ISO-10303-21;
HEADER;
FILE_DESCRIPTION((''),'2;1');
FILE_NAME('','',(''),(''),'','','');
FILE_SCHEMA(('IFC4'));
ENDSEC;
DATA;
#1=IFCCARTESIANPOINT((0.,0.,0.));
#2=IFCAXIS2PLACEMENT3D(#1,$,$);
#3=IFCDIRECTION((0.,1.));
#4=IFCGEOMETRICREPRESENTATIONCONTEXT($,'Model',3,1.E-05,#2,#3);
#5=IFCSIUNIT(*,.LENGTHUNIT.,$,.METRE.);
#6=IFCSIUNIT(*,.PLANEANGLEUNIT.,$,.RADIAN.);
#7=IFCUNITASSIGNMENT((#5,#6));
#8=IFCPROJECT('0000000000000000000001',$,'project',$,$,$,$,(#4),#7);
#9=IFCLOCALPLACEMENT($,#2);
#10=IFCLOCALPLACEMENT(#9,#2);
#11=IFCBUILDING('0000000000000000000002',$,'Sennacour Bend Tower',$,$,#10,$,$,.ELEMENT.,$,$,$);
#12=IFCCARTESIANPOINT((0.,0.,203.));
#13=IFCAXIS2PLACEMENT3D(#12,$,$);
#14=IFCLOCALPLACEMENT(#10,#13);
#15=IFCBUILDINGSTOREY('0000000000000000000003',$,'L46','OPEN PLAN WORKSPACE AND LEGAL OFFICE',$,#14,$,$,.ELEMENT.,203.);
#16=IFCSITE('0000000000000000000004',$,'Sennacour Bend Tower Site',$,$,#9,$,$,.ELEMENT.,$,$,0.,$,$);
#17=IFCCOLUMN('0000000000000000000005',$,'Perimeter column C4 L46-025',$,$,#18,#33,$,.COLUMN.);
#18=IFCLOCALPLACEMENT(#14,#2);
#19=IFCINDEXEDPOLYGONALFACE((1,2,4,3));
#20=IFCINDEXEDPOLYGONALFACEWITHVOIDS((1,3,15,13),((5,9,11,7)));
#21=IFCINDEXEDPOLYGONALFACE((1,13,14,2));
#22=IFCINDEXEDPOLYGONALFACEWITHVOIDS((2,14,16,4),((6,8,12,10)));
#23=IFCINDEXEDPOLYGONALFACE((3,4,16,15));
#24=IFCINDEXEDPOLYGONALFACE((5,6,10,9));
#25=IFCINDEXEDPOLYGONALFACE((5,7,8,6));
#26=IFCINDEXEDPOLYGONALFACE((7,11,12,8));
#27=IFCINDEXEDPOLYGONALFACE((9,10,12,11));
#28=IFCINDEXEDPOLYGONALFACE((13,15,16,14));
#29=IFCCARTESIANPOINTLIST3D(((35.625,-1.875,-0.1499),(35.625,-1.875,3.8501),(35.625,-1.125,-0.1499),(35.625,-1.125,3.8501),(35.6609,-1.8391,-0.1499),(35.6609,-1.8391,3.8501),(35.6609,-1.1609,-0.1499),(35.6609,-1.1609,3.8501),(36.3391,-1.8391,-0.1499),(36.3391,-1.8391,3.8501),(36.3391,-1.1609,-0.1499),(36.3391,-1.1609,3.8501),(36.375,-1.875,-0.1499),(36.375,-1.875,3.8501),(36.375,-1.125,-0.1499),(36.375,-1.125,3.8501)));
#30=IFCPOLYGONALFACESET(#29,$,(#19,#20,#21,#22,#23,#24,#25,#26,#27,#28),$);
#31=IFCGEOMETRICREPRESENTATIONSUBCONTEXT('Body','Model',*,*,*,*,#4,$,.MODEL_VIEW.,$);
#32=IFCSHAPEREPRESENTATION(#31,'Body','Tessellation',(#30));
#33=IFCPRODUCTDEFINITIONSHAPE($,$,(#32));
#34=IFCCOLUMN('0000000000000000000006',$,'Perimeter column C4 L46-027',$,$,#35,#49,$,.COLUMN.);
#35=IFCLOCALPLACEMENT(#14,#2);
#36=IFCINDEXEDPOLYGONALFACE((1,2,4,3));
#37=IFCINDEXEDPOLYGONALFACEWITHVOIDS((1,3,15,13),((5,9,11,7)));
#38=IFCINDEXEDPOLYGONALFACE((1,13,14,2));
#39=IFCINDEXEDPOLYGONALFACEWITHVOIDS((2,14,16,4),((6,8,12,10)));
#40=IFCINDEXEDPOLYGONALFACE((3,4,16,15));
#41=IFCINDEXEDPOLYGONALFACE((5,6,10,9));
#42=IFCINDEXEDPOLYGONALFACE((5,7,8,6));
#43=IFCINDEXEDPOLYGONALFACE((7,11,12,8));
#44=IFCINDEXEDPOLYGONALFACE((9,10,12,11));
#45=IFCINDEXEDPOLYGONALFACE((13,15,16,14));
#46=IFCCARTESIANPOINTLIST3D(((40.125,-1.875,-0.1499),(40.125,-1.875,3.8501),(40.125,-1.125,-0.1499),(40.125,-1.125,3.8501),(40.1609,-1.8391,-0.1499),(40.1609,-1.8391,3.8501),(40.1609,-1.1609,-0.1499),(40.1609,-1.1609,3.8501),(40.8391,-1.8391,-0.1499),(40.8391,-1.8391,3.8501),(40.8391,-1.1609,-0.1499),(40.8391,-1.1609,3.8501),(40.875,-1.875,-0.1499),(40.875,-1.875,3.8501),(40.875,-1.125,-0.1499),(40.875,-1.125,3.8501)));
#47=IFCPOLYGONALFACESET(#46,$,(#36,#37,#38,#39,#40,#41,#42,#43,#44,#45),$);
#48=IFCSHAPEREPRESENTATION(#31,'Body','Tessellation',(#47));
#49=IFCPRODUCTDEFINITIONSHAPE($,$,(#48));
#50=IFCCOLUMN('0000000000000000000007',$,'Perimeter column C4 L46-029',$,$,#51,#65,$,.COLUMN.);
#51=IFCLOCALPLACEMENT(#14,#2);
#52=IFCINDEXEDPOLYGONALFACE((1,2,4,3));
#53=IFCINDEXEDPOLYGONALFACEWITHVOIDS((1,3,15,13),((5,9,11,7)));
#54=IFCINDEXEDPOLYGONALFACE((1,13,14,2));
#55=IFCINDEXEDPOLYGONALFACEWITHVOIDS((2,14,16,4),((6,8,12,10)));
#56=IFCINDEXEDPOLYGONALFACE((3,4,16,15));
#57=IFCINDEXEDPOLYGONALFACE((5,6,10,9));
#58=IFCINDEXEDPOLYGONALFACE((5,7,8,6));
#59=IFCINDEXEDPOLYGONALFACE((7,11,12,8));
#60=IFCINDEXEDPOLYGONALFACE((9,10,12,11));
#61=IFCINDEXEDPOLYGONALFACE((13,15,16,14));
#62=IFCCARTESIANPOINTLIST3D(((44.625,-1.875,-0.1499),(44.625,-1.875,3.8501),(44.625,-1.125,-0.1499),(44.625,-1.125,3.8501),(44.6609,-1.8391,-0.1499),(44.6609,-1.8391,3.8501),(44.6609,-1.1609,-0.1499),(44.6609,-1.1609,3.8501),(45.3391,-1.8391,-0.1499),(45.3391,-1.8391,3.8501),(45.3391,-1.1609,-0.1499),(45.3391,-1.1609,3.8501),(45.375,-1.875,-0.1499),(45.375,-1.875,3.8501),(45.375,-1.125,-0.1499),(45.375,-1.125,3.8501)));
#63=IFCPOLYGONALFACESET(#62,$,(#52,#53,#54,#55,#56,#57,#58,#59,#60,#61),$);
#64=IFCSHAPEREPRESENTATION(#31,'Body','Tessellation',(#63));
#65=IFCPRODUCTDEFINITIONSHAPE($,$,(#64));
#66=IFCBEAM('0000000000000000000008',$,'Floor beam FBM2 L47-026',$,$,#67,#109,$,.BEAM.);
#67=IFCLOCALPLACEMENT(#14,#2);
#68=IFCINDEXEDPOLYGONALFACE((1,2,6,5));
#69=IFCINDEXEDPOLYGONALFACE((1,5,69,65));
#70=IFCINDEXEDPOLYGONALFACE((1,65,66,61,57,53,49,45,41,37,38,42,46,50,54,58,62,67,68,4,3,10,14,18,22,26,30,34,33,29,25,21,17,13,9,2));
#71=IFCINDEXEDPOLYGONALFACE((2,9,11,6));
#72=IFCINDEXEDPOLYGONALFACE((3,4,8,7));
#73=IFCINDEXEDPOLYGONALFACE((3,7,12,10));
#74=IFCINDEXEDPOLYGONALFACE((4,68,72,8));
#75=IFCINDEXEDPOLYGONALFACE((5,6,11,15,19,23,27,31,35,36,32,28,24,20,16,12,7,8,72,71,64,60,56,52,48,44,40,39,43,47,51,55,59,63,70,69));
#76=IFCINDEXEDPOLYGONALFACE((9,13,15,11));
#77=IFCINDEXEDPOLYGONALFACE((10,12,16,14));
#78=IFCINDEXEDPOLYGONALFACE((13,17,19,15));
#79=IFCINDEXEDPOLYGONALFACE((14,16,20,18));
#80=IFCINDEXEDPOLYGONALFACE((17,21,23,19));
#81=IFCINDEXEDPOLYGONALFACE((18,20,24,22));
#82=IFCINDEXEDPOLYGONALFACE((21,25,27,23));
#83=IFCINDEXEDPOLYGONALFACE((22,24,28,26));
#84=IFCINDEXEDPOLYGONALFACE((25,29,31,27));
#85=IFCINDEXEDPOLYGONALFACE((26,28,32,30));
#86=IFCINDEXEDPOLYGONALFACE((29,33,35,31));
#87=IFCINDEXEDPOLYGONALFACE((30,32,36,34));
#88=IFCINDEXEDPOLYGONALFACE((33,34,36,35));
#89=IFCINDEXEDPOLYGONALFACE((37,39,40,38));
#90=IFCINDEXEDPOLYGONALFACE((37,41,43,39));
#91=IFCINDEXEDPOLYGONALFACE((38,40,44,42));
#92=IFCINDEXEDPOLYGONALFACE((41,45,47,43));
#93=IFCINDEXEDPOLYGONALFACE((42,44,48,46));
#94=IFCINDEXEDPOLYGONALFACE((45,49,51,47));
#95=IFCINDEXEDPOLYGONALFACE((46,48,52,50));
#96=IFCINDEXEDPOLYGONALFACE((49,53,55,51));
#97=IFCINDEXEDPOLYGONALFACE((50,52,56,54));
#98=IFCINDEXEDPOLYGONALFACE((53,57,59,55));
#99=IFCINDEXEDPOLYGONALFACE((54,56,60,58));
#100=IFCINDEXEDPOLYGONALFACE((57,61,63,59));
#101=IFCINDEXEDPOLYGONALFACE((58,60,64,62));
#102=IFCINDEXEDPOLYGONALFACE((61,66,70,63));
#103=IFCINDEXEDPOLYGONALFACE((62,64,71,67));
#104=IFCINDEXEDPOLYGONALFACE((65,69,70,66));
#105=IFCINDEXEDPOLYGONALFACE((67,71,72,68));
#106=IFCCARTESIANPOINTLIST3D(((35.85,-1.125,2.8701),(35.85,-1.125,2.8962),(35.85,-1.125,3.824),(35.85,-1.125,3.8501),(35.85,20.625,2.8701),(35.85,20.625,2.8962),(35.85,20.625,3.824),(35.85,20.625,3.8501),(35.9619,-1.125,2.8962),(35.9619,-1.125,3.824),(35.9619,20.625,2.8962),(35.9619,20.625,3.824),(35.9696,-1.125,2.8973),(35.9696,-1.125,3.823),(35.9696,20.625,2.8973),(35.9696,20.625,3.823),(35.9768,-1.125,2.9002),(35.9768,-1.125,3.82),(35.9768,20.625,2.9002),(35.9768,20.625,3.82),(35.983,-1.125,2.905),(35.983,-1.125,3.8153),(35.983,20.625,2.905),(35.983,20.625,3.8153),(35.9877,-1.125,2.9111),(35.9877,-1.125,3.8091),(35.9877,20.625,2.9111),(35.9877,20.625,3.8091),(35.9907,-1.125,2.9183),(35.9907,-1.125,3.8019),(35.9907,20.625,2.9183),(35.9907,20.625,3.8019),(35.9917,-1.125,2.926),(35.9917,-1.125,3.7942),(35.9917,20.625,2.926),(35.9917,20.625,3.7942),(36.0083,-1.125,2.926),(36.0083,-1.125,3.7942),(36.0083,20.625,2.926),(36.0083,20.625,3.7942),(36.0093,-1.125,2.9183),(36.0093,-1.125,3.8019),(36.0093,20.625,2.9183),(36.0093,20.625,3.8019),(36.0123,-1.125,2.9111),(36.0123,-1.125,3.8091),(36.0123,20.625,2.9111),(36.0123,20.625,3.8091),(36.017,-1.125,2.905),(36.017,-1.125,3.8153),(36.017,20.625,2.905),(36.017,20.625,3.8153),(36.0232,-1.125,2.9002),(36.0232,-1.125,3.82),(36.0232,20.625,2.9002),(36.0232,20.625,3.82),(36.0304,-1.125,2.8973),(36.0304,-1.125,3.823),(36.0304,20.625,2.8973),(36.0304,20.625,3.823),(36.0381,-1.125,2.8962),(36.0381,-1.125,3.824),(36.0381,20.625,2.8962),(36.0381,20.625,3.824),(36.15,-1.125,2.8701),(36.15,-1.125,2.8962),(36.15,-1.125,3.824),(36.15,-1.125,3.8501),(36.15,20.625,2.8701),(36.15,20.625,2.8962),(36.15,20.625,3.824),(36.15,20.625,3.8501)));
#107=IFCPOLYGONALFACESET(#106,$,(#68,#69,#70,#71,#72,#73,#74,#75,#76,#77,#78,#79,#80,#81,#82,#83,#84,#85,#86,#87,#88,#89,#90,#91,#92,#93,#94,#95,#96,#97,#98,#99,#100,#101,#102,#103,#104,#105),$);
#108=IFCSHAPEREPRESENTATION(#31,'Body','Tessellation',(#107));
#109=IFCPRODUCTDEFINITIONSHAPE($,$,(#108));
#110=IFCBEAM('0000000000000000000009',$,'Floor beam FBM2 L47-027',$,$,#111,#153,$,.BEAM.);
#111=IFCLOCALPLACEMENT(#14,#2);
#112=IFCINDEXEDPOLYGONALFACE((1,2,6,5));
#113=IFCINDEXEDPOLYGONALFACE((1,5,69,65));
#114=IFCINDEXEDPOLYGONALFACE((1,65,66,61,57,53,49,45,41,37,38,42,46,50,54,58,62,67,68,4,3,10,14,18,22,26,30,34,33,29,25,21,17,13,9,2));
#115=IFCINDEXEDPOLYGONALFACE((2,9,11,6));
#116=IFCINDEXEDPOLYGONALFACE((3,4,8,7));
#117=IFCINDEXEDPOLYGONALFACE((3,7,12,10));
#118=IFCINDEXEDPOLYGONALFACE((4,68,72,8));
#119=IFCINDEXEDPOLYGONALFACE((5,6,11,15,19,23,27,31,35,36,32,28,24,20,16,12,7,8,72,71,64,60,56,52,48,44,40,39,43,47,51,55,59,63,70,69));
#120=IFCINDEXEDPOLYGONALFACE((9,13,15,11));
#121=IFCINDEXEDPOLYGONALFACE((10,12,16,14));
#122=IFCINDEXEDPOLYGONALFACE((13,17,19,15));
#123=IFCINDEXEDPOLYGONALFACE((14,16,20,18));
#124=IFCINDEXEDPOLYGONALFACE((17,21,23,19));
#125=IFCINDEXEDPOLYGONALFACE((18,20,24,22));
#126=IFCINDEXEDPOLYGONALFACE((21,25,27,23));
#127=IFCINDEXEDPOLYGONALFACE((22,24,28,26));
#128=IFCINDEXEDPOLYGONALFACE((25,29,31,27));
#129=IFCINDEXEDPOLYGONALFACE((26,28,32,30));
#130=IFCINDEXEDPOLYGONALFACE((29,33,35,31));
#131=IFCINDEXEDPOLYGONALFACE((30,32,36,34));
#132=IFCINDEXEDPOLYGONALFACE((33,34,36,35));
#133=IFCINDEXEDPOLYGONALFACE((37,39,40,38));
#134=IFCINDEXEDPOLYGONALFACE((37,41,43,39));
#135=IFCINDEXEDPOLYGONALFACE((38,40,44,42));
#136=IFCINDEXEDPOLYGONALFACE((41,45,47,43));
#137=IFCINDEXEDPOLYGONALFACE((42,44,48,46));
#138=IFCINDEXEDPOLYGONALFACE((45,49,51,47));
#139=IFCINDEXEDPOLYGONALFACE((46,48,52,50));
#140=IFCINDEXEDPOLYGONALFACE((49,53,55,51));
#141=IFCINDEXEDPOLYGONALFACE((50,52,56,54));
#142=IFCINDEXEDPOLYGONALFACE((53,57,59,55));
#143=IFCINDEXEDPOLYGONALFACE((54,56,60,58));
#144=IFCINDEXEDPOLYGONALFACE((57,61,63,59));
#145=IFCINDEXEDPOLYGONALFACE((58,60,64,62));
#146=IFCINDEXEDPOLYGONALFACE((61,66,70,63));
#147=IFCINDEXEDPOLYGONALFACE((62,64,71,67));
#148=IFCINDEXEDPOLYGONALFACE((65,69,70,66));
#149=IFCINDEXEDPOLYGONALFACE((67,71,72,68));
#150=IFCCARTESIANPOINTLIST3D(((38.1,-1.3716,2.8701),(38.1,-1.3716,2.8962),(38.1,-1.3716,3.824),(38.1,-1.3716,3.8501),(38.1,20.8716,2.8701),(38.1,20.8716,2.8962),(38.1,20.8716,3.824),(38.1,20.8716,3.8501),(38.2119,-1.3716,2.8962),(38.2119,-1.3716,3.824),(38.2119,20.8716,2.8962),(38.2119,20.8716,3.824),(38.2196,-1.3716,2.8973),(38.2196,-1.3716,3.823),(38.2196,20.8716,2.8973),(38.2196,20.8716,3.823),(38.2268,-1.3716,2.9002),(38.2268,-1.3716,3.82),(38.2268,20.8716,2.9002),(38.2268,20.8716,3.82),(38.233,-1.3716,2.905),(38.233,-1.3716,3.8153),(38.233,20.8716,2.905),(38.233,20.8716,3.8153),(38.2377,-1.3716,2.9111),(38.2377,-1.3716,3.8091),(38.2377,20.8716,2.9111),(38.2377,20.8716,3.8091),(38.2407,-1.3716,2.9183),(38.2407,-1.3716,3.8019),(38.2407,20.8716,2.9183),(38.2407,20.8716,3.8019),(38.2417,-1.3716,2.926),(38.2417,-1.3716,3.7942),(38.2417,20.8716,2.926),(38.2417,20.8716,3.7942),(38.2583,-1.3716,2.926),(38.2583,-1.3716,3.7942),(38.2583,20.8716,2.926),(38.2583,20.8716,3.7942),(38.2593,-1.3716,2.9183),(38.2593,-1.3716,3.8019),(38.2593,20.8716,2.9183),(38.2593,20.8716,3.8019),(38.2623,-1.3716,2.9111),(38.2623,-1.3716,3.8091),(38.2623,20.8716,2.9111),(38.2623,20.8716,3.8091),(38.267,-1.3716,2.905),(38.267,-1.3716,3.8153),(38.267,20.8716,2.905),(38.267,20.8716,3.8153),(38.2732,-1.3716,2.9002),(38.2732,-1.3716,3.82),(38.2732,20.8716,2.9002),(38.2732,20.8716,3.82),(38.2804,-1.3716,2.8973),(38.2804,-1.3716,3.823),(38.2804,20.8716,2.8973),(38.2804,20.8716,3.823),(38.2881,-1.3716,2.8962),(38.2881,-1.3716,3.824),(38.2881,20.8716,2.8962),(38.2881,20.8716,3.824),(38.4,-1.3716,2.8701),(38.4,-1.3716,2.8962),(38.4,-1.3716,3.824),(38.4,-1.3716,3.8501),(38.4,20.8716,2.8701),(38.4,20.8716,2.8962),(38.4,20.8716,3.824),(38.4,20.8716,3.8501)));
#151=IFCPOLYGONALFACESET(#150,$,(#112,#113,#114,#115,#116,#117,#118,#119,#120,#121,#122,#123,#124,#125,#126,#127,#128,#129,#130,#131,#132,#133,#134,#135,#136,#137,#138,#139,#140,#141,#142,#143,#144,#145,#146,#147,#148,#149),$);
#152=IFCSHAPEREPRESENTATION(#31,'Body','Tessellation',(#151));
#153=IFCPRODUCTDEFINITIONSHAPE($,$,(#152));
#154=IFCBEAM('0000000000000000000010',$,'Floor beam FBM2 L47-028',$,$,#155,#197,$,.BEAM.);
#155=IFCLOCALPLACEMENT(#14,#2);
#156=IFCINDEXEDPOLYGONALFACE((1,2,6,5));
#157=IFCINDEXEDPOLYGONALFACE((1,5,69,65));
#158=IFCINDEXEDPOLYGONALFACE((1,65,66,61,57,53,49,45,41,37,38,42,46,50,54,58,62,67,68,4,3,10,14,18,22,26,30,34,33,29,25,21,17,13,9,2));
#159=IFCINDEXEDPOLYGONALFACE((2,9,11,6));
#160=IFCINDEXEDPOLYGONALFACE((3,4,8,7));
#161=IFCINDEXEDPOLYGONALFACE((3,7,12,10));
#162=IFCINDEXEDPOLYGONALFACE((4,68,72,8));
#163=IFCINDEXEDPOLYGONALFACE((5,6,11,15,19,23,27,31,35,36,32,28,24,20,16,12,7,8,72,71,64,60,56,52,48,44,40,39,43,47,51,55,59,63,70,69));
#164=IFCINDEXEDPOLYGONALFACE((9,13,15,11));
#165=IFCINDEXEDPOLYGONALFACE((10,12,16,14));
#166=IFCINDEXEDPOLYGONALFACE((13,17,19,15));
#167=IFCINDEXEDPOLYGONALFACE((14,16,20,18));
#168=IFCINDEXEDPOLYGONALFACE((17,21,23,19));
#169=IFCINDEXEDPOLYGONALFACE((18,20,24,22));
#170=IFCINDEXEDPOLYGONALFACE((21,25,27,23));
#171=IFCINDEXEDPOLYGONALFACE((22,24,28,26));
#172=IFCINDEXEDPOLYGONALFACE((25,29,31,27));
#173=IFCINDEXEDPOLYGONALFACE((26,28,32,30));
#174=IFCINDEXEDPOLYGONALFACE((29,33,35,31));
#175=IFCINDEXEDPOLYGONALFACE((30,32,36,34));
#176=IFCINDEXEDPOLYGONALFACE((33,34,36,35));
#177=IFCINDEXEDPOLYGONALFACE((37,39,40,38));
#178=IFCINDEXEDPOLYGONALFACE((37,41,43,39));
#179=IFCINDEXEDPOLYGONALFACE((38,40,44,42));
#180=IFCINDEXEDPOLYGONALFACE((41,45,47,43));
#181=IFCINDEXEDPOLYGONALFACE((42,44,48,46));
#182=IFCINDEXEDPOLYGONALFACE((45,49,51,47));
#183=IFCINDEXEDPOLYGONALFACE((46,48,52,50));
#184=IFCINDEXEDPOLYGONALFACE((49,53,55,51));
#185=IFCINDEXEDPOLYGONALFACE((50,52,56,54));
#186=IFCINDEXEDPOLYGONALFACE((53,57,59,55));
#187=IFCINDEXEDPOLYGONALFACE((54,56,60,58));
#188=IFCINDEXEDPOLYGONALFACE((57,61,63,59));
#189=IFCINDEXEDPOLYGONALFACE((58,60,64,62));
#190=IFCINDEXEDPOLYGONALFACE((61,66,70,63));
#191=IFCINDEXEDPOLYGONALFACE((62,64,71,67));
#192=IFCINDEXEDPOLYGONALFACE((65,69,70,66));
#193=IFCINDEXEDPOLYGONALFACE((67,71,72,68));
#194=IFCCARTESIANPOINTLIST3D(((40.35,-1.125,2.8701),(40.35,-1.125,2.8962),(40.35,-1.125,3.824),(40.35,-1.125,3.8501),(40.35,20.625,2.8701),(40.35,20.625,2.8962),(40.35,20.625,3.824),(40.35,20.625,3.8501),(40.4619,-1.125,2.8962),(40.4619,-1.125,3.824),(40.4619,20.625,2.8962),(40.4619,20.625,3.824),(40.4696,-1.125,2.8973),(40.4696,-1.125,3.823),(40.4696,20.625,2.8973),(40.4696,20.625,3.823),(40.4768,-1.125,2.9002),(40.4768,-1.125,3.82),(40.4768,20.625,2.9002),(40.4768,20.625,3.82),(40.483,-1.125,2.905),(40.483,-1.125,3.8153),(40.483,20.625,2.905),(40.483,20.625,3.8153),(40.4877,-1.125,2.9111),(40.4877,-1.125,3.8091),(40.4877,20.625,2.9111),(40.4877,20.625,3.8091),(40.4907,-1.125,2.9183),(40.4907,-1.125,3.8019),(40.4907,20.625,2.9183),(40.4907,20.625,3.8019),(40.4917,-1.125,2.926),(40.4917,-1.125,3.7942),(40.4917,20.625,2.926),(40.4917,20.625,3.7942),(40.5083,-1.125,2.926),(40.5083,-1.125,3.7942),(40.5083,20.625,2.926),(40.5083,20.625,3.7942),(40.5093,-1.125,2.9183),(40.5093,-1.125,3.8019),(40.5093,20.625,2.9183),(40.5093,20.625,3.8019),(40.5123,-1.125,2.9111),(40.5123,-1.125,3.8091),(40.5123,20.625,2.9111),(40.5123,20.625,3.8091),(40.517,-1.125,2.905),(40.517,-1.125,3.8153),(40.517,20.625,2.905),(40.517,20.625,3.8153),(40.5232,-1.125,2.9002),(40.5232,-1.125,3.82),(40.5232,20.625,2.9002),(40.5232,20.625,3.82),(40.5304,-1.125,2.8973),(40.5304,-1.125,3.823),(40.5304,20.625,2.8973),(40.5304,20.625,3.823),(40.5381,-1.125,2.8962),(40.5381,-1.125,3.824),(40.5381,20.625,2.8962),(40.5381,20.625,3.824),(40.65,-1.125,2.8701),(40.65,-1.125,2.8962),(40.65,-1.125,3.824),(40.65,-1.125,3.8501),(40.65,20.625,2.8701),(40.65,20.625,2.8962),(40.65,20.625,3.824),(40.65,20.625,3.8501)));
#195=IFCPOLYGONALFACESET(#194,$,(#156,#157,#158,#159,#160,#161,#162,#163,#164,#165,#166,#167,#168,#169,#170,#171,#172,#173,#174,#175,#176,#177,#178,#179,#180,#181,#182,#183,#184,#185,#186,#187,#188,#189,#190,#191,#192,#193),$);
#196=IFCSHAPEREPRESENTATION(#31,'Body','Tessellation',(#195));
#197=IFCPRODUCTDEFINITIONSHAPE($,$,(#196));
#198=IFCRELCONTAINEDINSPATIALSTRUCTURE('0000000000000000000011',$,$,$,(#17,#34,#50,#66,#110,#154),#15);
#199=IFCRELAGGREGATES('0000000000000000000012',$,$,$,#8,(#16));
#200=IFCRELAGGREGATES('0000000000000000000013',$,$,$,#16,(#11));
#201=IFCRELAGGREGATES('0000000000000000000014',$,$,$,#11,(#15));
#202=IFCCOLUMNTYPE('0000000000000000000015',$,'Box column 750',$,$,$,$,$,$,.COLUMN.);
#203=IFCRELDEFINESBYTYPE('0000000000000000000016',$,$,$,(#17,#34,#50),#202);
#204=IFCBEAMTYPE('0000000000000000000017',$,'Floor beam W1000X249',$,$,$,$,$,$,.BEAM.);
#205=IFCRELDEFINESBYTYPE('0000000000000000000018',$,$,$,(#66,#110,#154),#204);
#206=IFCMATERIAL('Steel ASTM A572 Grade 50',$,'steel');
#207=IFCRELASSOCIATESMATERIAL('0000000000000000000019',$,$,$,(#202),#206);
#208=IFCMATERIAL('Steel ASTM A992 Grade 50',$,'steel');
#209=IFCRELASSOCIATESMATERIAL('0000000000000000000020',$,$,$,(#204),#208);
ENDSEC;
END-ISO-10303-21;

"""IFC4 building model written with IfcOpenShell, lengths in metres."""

from ifc_helpers import new_model, si_unit, direction, frame, origin, origin_2d, place, context, subcontext, project, spatial, hollow_rectangle, i_section, extrude, material, material_profile, profile_set, type_object, element, save


model = new_model("IFC4")

# Units and contexts
model_context = context("Model", 3, precision=1e-05, world=origin(), true_north=direction((0.0, 1.0)))
body_context = subcontext(model_context, "Body", "Model", "MODEL_VIEW")
ifc_project = project(units=[si_unit("LENGTHUNIT", "METRE"), si_unit("PLANEANGLEUNIT", "RADIAN")], contexts=[model_context])

# Site, building, storey
site_placement = place(None, origin())
site = spatial("IfcSite", under=ifc_project, at=site_placement, Name="Sennacour Bend Tower Site", CompositionType="ELEMENT", RefElevation=0.0)
building_placement = place(site_placement, origin())
building = spatial("IfcBuilding", under=site, at=building_placement, Name="Sennacour Bend Tower", CompositionType="ELEMENT")
storey_placement = place(building_placement, frame((0.0, 0.0, 203.0)))
storey = spatial("IfcBuildingStorey", under=building, at=storey_placement, Name="L46", Description="OPEN PLAN WORKSPACE AND LEGAL OFFICE", CompositionType="ELEMENT", Elevation=203.0)

# Columns
ifc_material_1 = material(Name="Steel ASTM A572 Grade 50", Category="steel")
ifc_material_profile_1 = material_profile(ifc_material_1, hollow_rectangle(XDim=0.75, YDim=0.75, WallThickness=0.0359, at=origin_2d()), Name="Steel ASTM A572 Grade 50", Category="steel")
ifc_profile_set_1 = profile_set([ifc_material_profile_1], Name="Steel ASTM A572 Grade 50")
column_type = type_object("IfcColumnType", Name="Box column 750", PredefinedType="COLUMN", material=ifc_profile_set_1)
for number, where, z_axis, x_axis, name in (
    (1, (36.0, -1.5, -0.1499), (0.0, 0.0, 1.0), (1.0, 0.0, 0.0), "Perimeter column C4 L46-025"),
    (2, (40.5, -1.5, -0.1499), (0.0, 0.0, 1.0), (1.0, 0.0, 0.0), "Perimeter column C4 L46-027"),
    (3, (45.0, -1.5, -0.1499), (0.0, 0.0, 1.0), (1.0, 0.0, 0.0), "Perimeter column C4 L46-029"),
):
    element("IfcColumn", number, at=place(storey_placement, frame(where, z_axis=z_axis, x_axis=x_axis)), inside=storey, type_object=column_type, Name=name, PredefinedType="COLUMN", context=body_context, shape_type="SweptSolid", body=[
        extrude(hollow_rectangle(XDim=0.75, YDim=0.75, WallThickness=0.0359, at=origin_2d()), origin(), (0.0, 0.0, 1.0), 4.0),
    ])

# Beams
ifc_material_2 = material(Name="Steel ASTM A992 Grade 50", Category="steel")
ifc_material_profile_2 = material_profile(ifc_material_2, i_section(OverallWidth=0.3, OverallDepth=0.98, WebThickness=0.0166, FlangeThickness=0.0261, FilletRadius=0.0298, at=origin_2d()), Name="Steel ASTM A992 Grade 50", Category="steel")
ifc_profile_set_2 = profile_set([ifc_material_profile_2], Name="Steel ASTM A992 Grade 50")
beam_type_1 = type_object("IfcBeamType", Name="Floor beam W1000X249", PredefinedType="BEAM", material=ifc_profile_set_2)
beam_1_placement = place(storey_placement, frame((36.0, -1.125, 3.3601), z_axis=(0.0, 1.0, 0.0), x_axis=(-1.0, 0.0, 0.0)))
element("IfcBeam", 4, at=beam_1_placement, inside=storey, type_object=beam_type_1, Name="Floor beam FBM2 L47-026", PredefinedType="BEAM", context=body_context, shape_type="SweptSolid", body=[
    extrude(i_section(OverallWidth=0.3, OverallDepth=0.98, WebThickness=0.0166, FlangeThickness=0.0261, FilletRadius=0.0298, at=origin_2d()), origin(), (0.0, 0.0, 1.0), 21.75),
])
beam_2_placement = place(storey_placement, frame((38.25, -1.3716, 3.3601), z_axis=(0.0, 1.0, 0.0), x_axis=(-1.0, 0.0, 0.0)))
element("IfcBeam", 5, at=beam_2_placement, inside=storey, type_object=beam_type_1, Name="Floor beam FBM2 L47-027", PredefinedType="BEAM", context=body_context, shape_type="SweptSolid", body=[
    extrude(i_section(OverallWidth=0.3, OverallDepth=0.98, WebThickness=0.0166, FlangeThickness=0.0261, FilletRadius=0.0298, at=origin_2d()), origin(), (0.0, 0.0, 1.0), 22.2432),
])
beam_3_placement = place(storey_placement, frame((40.5, -1.125, 3.3601), z_axis=(0.0, 1.0, 0.0), x_axis=(-1.0, 0.0, 0.0)))
element("IfcBeam", 6, at=beam_3_placement, inside=storey, type_object=beam_type_1, Name="Floor beam FBM2 L47-028", PredefinedType="BEAM", context=body_context, shape_type="SweptSolid", body=[
    extrude(i_section(OverallWidth=0.3, OverallDepth=0.98, WebThickness=0.0166, FlangeThickness=0.0261, FilletRadius=0.0298, at=origin_2d()), origin(), (0.0, 0.0, 1.0), 21.75),
])

save(model, "model.ifc")
